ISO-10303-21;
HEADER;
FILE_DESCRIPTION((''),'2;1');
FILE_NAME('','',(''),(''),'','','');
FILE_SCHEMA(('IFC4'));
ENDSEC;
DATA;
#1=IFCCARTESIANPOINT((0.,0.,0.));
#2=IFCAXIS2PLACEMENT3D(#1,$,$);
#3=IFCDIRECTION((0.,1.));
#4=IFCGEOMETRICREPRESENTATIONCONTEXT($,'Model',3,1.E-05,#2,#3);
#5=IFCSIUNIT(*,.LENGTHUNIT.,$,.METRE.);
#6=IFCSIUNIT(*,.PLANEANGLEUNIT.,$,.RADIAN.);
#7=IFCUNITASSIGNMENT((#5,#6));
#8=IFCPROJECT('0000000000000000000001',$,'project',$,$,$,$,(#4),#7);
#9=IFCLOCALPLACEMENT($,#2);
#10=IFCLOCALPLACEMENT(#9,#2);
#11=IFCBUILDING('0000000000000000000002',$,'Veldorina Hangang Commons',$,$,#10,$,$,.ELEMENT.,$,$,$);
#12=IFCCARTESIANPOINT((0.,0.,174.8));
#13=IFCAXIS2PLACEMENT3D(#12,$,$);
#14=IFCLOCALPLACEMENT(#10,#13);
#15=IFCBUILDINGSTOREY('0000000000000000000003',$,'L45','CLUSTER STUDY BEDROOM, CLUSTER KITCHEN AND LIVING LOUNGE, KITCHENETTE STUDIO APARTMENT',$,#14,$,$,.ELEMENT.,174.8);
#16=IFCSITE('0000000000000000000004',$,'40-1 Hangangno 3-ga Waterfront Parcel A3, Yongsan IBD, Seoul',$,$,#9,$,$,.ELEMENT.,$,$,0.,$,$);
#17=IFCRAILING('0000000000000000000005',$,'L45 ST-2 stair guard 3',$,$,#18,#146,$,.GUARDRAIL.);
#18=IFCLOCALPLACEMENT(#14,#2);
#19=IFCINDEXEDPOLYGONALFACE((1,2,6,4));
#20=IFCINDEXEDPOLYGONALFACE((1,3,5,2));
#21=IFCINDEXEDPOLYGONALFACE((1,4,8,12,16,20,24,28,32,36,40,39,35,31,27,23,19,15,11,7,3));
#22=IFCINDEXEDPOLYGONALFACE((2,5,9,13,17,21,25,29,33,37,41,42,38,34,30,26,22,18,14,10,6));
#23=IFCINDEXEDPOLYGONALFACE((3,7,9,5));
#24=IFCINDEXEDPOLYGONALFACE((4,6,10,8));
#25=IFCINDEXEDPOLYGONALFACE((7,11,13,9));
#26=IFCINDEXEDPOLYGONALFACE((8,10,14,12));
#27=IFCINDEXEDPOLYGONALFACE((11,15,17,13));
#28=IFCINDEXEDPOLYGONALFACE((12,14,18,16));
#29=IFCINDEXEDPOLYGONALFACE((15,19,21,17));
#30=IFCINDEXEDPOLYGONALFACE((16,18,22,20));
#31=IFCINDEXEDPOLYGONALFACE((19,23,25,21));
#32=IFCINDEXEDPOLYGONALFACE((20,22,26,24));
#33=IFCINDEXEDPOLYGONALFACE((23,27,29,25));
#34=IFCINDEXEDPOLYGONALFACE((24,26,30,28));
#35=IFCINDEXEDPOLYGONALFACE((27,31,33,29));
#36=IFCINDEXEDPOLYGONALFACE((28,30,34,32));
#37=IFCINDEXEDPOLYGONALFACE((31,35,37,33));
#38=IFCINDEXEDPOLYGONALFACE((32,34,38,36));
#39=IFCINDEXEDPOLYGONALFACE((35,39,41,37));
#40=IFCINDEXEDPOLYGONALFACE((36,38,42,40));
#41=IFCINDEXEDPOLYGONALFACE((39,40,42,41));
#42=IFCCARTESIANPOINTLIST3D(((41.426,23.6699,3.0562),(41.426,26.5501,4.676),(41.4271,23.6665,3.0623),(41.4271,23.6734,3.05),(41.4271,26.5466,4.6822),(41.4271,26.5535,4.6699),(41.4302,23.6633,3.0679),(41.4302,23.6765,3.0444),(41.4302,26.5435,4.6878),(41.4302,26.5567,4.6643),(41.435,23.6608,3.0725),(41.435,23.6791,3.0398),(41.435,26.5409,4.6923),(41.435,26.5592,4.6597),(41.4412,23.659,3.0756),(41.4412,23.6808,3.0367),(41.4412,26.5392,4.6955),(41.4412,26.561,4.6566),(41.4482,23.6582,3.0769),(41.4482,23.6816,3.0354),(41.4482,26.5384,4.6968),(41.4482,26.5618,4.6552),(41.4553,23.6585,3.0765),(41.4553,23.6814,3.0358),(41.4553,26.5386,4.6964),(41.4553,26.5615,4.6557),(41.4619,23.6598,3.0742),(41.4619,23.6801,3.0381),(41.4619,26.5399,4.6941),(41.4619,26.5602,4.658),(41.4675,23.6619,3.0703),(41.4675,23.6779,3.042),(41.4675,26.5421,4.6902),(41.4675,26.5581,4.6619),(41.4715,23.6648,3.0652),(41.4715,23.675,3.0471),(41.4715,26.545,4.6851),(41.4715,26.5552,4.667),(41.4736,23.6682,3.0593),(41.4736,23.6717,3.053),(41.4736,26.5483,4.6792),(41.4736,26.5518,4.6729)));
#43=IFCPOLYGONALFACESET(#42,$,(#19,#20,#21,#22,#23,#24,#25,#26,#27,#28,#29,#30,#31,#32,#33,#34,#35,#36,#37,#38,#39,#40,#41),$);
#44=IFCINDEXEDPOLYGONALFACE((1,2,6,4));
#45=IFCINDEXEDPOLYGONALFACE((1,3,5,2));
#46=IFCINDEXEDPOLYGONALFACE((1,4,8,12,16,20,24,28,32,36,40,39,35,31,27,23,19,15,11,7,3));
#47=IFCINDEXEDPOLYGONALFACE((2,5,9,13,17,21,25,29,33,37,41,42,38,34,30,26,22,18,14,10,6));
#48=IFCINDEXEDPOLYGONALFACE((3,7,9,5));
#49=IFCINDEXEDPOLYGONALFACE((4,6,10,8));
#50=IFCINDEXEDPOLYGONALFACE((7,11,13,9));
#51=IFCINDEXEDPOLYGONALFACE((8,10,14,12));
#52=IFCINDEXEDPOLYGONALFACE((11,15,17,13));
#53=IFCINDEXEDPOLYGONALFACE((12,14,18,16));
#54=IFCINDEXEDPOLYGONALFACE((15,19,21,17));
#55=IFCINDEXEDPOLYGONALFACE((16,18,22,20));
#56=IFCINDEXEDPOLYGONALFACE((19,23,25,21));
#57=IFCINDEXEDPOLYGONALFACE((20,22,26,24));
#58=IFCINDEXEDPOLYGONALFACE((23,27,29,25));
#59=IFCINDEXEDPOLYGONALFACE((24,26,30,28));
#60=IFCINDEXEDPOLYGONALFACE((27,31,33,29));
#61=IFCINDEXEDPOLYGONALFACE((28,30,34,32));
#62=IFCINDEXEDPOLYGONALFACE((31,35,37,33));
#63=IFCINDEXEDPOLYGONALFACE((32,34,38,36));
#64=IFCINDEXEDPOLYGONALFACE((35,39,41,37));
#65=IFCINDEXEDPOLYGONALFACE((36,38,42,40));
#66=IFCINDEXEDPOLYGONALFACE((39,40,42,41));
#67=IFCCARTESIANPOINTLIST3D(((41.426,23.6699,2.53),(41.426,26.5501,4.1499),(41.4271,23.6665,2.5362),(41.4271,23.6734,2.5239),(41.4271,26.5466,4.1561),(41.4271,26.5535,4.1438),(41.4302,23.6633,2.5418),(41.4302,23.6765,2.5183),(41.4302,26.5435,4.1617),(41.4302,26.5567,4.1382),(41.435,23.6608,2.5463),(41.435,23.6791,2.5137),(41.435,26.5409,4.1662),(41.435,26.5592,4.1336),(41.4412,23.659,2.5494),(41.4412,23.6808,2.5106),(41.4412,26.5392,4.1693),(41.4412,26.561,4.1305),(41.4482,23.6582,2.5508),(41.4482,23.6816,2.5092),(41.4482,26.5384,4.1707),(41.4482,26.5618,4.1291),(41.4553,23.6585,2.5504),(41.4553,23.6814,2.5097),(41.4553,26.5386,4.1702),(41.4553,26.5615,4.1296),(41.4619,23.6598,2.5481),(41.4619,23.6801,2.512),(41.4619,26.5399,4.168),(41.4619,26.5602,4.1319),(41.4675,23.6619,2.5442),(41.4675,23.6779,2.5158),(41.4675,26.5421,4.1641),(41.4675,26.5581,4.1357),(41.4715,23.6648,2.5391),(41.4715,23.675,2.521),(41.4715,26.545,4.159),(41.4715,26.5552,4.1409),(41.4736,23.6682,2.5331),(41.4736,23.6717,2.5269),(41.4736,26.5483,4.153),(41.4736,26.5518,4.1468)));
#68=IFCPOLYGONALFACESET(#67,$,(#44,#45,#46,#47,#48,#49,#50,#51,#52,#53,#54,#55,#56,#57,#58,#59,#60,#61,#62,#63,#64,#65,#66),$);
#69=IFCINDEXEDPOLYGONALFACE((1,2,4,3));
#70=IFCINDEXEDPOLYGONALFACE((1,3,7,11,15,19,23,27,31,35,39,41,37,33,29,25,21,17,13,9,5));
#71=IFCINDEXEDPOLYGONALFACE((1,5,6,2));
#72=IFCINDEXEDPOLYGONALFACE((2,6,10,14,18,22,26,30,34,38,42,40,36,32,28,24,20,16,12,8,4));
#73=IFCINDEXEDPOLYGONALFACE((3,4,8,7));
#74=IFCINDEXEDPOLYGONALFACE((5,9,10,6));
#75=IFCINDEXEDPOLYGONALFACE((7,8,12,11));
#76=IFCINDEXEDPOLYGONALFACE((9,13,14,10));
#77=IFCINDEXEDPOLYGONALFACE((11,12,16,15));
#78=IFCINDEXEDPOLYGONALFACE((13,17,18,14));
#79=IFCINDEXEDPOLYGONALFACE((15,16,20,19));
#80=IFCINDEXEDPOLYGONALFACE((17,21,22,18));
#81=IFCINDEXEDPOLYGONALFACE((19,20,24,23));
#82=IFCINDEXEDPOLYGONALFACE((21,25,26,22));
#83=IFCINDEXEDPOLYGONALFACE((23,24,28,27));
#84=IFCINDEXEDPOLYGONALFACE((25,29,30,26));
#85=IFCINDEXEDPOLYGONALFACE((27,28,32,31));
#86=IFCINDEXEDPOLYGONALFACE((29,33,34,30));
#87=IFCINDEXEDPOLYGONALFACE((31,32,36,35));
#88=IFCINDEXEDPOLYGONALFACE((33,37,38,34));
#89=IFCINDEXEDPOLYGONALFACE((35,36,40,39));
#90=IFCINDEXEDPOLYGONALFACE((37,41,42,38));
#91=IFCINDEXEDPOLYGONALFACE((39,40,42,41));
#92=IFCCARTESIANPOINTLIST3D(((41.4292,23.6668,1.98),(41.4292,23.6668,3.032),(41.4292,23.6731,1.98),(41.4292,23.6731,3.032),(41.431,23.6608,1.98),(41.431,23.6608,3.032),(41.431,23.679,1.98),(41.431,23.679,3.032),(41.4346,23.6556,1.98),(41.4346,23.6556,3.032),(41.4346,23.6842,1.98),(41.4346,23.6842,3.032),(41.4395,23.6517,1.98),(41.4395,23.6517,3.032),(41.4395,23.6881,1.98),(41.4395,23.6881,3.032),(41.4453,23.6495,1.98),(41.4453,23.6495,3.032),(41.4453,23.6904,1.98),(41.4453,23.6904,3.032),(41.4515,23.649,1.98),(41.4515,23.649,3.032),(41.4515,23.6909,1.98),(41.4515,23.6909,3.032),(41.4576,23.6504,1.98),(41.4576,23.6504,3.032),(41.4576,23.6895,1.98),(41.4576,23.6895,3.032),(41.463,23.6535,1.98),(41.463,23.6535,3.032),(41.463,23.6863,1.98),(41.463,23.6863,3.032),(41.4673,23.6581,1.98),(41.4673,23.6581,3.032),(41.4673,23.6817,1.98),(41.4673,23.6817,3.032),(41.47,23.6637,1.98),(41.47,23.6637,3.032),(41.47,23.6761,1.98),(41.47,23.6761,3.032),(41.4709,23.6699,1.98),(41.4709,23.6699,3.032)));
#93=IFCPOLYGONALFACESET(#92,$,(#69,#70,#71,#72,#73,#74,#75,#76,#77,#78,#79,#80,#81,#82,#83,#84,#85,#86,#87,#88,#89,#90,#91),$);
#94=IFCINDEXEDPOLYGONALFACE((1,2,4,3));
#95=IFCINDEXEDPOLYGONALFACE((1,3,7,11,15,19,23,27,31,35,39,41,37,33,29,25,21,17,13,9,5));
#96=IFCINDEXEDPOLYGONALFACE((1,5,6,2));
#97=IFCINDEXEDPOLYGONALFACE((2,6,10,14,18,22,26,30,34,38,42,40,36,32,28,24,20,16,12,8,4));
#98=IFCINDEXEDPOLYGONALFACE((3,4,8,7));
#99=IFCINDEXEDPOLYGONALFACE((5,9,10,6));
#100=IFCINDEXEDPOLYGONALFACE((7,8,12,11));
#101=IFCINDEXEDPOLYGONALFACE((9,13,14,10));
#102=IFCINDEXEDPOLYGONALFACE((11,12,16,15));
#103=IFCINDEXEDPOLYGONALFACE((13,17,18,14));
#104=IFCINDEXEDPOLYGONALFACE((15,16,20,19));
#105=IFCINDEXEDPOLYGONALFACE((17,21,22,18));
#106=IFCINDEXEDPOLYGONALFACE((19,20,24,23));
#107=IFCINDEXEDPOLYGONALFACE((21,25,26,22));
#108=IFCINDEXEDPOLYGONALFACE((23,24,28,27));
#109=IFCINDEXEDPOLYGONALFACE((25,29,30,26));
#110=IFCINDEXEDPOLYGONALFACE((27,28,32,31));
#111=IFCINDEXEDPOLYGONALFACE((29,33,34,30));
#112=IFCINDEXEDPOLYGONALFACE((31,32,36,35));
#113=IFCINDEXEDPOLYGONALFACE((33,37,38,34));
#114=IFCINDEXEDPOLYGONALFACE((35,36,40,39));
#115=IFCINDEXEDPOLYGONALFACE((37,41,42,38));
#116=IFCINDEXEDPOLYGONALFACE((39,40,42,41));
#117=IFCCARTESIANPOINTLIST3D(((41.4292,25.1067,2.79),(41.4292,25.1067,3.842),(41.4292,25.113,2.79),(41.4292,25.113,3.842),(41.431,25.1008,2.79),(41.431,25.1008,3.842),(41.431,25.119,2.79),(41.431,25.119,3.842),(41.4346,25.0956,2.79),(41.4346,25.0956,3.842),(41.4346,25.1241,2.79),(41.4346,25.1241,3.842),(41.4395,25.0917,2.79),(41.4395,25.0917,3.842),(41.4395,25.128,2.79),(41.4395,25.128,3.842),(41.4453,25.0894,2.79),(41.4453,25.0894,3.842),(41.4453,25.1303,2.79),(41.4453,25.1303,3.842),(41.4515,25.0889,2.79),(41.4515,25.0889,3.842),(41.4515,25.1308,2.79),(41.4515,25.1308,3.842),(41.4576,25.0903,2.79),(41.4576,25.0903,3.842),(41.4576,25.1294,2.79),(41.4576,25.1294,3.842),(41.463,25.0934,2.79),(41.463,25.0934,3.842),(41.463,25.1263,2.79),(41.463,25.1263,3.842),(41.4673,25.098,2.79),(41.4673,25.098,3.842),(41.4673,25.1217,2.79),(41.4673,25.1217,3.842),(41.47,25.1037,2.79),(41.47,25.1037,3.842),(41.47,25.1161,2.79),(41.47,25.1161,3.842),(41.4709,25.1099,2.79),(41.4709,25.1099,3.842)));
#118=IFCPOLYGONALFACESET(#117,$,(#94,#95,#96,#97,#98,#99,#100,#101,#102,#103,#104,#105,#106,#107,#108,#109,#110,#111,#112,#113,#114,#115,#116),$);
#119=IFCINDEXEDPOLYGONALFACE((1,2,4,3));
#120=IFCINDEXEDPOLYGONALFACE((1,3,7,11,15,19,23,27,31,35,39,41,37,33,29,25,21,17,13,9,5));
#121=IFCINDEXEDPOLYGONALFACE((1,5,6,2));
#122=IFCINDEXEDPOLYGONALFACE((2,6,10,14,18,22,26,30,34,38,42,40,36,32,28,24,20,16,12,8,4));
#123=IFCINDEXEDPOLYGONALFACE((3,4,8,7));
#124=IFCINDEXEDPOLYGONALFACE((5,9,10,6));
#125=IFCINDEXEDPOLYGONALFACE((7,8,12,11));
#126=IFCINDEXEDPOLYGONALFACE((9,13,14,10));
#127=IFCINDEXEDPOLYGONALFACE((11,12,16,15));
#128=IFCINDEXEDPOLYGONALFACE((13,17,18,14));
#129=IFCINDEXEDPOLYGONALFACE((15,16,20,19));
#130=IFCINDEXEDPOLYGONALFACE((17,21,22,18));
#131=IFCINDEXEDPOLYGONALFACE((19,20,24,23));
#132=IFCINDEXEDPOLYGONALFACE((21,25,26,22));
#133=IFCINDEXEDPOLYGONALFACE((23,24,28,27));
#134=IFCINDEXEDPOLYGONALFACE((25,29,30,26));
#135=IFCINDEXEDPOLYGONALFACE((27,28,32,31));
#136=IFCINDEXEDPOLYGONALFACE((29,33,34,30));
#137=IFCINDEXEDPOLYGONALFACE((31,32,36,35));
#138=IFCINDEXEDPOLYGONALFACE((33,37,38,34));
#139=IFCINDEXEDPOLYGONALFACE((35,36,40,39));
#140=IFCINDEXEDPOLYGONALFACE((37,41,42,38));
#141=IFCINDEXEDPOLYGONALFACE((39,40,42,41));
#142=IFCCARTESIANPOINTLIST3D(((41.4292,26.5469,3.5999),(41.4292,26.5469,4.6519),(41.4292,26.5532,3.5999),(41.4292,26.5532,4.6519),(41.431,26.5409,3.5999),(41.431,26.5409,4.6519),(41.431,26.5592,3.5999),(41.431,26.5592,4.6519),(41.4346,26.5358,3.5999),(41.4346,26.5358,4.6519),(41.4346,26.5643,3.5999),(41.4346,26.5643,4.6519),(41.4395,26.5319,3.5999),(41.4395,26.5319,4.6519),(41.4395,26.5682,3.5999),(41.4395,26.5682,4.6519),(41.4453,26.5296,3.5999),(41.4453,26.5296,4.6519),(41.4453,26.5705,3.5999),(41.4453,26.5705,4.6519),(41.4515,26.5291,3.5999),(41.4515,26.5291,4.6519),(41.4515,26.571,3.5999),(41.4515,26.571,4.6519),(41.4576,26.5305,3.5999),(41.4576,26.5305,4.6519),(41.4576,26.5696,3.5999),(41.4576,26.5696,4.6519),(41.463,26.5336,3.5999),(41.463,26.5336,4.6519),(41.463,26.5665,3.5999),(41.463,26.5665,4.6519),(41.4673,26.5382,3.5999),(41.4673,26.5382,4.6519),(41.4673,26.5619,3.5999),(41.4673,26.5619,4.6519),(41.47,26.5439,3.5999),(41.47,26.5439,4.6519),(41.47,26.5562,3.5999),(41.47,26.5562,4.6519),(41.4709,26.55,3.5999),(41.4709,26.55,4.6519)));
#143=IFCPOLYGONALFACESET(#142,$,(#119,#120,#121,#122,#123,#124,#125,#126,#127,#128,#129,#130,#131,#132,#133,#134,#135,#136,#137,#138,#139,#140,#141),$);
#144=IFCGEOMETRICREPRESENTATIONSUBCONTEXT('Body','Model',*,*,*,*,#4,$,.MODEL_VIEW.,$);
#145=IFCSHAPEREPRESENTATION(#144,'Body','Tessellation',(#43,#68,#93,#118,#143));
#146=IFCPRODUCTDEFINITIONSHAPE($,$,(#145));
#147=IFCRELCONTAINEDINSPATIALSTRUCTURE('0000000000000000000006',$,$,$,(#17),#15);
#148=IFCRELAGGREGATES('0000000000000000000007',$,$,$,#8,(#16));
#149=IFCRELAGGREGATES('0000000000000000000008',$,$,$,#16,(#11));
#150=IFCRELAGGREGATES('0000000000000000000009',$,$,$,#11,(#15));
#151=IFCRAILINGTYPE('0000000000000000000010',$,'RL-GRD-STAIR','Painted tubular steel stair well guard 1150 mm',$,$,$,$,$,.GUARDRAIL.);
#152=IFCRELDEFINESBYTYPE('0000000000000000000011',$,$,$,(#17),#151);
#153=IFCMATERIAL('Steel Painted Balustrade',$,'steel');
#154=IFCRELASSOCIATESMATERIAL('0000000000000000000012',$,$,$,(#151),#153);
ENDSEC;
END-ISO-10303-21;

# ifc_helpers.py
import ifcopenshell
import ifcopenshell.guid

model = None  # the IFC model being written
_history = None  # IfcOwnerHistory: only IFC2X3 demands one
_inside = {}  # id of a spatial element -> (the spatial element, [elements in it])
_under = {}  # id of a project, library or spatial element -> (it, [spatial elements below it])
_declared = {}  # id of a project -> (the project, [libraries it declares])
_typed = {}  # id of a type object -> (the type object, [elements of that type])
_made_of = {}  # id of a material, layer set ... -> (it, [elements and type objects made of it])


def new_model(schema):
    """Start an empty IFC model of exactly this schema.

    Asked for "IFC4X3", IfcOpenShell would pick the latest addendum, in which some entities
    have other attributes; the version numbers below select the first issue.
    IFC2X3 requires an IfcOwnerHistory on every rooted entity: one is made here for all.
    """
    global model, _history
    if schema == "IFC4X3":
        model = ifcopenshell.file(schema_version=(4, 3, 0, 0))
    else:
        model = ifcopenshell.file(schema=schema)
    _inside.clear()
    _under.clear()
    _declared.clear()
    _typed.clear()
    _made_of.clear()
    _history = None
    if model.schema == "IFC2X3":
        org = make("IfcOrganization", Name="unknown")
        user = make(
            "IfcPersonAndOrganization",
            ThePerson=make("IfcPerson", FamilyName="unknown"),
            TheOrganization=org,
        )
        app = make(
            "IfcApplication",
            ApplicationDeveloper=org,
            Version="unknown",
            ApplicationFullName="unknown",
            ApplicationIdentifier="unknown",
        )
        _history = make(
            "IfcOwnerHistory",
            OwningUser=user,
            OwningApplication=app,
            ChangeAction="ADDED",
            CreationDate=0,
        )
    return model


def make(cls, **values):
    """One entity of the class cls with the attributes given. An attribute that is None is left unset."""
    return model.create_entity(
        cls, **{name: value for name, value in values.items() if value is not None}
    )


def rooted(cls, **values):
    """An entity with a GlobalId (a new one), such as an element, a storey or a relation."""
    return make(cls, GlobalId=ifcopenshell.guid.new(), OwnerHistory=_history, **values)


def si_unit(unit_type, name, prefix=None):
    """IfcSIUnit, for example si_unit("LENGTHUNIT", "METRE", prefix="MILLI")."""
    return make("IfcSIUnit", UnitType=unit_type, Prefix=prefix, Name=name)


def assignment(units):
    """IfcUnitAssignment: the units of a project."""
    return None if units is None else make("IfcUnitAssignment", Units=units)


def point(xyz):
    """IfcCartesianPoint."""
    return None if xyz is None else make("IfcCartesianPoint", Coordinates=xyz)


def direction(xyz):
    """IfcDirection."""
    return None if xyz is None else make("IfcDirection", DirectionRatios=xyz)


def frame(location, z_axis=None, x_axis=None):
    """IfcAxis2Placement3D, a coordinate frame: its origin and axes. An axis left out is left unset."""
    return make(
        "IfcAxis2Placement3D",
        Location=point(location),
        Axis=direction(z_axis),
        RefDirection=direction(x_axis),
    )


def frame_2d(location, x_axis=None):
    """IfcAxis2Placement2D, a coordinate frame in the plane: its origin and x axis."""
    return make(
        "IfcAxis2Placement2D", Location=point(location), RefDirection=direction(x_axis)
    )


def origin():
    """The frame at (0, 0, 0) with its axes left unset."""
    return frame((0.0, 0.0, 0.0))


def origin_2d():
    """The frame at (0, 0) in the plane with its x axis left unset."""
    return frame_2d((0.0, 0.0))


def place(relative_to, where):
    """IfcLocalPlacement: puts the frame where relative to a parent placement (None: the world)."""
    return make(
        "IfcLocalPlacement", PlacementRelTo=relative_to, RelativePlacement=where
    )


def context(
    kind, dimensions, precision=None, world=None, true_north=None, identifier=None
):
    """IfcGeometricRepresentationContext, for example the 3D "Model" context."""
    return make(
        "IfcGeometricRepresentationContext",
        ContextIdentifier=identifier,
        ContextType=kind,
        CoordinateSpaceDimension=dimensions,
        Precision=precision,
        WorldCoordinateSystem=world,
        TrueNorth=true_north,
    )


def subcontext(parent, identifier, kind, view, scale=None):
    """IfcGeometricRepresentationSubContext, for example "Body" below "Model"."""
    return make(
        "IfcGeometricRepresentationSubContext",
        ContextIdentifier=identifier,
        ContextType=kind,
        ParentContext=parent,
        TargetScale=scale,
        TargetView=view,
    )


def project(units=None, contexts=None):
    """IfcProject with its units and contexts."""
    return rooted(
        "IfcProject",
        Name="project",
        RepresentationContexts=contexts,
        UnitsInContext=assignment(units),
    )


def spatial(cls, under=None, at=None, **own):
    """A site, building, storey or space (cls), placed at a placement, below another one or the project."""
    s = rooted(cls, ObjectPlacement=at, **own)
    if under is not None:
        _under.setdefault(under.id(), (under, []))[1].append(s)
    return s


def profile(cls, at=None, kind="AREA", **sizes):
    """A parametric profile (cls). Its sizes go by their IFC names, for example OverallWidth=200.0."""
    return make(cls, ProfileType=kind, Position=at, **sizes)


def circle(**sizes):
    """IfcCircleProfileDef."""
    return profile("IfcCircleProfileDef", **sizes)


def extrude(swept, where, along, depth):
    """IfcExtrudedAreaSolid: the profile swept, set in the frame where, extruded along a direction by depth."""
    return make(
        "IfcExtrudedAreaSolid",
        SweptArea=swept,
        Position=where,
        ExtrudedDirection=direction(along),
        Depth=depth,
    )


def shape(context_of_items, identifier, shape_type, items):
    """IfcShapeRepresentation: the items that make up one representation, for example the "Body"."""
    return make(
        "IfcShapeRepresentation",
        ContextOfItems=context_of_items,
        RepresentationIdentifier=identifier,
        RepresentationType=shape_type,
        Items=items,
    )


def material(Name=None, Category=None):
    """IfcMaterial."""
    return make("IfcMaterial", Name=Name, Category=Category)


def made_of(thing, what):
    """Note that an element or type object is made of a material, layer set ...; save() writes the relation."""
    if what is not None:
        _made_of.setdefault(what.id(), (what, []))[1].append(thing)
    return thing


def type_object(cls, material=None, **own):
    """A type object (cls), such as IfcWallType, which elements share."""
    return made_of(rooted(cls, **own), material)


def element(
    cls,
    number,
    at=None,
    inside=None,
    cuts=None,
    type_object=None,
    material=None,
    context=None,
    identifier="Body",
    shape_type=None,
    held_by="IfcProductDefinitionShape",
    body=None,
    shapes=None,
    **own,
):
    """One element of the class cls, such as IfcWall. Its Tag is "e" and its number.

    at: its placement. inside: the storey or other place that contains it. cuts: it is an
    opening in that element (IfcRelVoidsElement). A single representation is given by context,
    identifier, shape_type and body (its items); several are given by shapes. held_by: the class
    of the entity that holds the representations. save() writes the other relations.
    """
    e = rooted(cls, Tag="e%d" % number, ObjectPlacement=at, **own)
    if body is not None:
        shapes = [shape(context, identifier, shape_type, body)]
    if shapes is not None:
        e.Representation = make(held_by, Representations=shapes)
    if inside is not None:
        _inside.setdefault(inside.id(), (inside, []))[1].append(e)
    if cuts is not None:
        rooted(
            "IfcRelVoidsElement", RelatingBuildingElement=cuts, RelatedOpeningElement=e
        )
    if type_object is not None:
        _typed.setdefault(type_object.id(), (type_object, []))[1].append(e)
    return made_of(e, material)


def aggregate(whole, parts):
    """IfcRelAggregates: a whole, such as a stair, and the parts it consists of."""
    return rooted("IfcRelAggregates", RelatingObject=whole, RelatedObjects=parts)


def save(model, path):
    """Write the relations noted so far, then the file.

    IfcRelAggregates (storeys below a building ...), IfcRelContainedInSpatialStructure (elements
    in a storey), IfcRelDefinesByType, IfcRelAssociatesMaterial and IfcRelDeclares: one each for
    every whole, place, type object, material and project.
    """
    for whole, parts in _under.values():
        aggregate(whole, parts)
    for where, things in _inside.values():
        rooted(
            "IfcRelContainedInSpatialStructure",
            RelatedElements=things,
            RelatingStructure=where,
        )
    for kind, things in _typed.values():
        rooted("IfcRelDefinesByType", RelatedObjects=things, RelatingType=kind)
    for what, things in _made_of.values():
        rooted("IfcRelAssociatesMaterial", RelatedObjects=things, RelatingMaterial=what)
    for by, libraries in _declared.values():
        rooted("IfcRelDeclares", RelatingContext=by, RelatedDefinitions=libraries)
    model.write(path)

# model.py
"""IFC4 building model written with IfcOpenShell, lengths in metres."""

from ifc_helpers import new_model, si_unit, direction, frame, origin, origin_2d, place, context, subcontext, project, spatial, circle, extrude, material, type_object, element, save


model = new_model("IFC4")

# Units and contexts
model_context = context("Model", 3, precision=1e-05, world=origin(), true_north=direction((0.0, 1.0)))
body_context = subcontext(model_context, "Body", "Model", "MODEL_VIEW")
ifc_project = project(units=[si_unit("LENGTHUNIT", "METRE"), si_unit("PLANEANGLEUNIT", "RADIAN")], contexts=[model_context])

# Site, building, storey
site_placement = place(None, origin())
site = spatial("IfcSite", under=ifc_project, at=site_placement, Name="40-1 Hangangno 3-ga Waterfront Parcel A3, Yongsan IBD, Seoul", CompositionType="ELEMENT", RefElevation=0.0)
building_placement = place(site_placement, origin())
building = spatial("IfcBuilding", under=site, at=building_placement, Name="Veldorina Hangang Commons", CompositionType="ELEMENT")
storey_placement = place(building_placement, frame((0.0, 0.0, 174.8)))
storey = spatial("IfcBuildingStorey", under=building, at=storey_placement, Name="L45", Description="CLUSTER STUDY BEDROOM, CLUSTER KITCHEN AND LIVING LOUNGE, KITCHENETTE STUDIO APARTMENT", CompositionType="ELEMENT", Elevation=174.8)

# Railing
ifc_material_1 = material(Name="Steel Painted Balustrade", Category="steel")
railing_type_1 = type_object("IfcRailingType", Name="RL-GRD-STAIR", Description="Painted tubular steel stair well guard 1150 mm", PredefinedType="GUARDRAIL", material=ifc_material_1)
railing_1_placement = place(storey_placement, frame((41.45, 23.6699, 1.98)))
element("IfcRailing", 1, at=railing_1_placement, inside=storey, type_object=railing_type_1, Name="L45 ST-2 stair guard 3", PredefinedType="GUARDRAIL", context=body_context, shape_type="SweptSolid", body=[
    extrude(circle(Radius=0.0239, at=origin_2d()), frame((0.0, 0.0, 1.0762), z_axis=(0.0, 0.871601, 0.490216), x_axis=(-1.0, 0.0, 0.0)), (0.0, 0.0, 1.0), 3.3044),
    extrude(circle(Radius=0.0239, at=origin_2d()), frame((0.0, 0.0, 0.55), z_axis=(0.0, 0.871601, 0.490216), x_axis=(-1.0, 0.0, 0.0)), (0.0, 0.0, 1.0), 3.3044),
    extrude(circle(Radius=0.021, at=origin_2d()), origin(), (0.0, 0.0, 1.0), 1.052),
    extrude(circle(Radius=0.021, at=origin_2d()), frame((0.0, 1.4399, 0.8101)), (0.0, 0.0, 1.0), 1.052),
    extrude(circle(Radius=0.021, at=origin_2d()), frame((0.0, 2.8801, 1.6199)), (0.0, 0.0, 1.0), 1.052),
])

save(model, "model.ifc")
